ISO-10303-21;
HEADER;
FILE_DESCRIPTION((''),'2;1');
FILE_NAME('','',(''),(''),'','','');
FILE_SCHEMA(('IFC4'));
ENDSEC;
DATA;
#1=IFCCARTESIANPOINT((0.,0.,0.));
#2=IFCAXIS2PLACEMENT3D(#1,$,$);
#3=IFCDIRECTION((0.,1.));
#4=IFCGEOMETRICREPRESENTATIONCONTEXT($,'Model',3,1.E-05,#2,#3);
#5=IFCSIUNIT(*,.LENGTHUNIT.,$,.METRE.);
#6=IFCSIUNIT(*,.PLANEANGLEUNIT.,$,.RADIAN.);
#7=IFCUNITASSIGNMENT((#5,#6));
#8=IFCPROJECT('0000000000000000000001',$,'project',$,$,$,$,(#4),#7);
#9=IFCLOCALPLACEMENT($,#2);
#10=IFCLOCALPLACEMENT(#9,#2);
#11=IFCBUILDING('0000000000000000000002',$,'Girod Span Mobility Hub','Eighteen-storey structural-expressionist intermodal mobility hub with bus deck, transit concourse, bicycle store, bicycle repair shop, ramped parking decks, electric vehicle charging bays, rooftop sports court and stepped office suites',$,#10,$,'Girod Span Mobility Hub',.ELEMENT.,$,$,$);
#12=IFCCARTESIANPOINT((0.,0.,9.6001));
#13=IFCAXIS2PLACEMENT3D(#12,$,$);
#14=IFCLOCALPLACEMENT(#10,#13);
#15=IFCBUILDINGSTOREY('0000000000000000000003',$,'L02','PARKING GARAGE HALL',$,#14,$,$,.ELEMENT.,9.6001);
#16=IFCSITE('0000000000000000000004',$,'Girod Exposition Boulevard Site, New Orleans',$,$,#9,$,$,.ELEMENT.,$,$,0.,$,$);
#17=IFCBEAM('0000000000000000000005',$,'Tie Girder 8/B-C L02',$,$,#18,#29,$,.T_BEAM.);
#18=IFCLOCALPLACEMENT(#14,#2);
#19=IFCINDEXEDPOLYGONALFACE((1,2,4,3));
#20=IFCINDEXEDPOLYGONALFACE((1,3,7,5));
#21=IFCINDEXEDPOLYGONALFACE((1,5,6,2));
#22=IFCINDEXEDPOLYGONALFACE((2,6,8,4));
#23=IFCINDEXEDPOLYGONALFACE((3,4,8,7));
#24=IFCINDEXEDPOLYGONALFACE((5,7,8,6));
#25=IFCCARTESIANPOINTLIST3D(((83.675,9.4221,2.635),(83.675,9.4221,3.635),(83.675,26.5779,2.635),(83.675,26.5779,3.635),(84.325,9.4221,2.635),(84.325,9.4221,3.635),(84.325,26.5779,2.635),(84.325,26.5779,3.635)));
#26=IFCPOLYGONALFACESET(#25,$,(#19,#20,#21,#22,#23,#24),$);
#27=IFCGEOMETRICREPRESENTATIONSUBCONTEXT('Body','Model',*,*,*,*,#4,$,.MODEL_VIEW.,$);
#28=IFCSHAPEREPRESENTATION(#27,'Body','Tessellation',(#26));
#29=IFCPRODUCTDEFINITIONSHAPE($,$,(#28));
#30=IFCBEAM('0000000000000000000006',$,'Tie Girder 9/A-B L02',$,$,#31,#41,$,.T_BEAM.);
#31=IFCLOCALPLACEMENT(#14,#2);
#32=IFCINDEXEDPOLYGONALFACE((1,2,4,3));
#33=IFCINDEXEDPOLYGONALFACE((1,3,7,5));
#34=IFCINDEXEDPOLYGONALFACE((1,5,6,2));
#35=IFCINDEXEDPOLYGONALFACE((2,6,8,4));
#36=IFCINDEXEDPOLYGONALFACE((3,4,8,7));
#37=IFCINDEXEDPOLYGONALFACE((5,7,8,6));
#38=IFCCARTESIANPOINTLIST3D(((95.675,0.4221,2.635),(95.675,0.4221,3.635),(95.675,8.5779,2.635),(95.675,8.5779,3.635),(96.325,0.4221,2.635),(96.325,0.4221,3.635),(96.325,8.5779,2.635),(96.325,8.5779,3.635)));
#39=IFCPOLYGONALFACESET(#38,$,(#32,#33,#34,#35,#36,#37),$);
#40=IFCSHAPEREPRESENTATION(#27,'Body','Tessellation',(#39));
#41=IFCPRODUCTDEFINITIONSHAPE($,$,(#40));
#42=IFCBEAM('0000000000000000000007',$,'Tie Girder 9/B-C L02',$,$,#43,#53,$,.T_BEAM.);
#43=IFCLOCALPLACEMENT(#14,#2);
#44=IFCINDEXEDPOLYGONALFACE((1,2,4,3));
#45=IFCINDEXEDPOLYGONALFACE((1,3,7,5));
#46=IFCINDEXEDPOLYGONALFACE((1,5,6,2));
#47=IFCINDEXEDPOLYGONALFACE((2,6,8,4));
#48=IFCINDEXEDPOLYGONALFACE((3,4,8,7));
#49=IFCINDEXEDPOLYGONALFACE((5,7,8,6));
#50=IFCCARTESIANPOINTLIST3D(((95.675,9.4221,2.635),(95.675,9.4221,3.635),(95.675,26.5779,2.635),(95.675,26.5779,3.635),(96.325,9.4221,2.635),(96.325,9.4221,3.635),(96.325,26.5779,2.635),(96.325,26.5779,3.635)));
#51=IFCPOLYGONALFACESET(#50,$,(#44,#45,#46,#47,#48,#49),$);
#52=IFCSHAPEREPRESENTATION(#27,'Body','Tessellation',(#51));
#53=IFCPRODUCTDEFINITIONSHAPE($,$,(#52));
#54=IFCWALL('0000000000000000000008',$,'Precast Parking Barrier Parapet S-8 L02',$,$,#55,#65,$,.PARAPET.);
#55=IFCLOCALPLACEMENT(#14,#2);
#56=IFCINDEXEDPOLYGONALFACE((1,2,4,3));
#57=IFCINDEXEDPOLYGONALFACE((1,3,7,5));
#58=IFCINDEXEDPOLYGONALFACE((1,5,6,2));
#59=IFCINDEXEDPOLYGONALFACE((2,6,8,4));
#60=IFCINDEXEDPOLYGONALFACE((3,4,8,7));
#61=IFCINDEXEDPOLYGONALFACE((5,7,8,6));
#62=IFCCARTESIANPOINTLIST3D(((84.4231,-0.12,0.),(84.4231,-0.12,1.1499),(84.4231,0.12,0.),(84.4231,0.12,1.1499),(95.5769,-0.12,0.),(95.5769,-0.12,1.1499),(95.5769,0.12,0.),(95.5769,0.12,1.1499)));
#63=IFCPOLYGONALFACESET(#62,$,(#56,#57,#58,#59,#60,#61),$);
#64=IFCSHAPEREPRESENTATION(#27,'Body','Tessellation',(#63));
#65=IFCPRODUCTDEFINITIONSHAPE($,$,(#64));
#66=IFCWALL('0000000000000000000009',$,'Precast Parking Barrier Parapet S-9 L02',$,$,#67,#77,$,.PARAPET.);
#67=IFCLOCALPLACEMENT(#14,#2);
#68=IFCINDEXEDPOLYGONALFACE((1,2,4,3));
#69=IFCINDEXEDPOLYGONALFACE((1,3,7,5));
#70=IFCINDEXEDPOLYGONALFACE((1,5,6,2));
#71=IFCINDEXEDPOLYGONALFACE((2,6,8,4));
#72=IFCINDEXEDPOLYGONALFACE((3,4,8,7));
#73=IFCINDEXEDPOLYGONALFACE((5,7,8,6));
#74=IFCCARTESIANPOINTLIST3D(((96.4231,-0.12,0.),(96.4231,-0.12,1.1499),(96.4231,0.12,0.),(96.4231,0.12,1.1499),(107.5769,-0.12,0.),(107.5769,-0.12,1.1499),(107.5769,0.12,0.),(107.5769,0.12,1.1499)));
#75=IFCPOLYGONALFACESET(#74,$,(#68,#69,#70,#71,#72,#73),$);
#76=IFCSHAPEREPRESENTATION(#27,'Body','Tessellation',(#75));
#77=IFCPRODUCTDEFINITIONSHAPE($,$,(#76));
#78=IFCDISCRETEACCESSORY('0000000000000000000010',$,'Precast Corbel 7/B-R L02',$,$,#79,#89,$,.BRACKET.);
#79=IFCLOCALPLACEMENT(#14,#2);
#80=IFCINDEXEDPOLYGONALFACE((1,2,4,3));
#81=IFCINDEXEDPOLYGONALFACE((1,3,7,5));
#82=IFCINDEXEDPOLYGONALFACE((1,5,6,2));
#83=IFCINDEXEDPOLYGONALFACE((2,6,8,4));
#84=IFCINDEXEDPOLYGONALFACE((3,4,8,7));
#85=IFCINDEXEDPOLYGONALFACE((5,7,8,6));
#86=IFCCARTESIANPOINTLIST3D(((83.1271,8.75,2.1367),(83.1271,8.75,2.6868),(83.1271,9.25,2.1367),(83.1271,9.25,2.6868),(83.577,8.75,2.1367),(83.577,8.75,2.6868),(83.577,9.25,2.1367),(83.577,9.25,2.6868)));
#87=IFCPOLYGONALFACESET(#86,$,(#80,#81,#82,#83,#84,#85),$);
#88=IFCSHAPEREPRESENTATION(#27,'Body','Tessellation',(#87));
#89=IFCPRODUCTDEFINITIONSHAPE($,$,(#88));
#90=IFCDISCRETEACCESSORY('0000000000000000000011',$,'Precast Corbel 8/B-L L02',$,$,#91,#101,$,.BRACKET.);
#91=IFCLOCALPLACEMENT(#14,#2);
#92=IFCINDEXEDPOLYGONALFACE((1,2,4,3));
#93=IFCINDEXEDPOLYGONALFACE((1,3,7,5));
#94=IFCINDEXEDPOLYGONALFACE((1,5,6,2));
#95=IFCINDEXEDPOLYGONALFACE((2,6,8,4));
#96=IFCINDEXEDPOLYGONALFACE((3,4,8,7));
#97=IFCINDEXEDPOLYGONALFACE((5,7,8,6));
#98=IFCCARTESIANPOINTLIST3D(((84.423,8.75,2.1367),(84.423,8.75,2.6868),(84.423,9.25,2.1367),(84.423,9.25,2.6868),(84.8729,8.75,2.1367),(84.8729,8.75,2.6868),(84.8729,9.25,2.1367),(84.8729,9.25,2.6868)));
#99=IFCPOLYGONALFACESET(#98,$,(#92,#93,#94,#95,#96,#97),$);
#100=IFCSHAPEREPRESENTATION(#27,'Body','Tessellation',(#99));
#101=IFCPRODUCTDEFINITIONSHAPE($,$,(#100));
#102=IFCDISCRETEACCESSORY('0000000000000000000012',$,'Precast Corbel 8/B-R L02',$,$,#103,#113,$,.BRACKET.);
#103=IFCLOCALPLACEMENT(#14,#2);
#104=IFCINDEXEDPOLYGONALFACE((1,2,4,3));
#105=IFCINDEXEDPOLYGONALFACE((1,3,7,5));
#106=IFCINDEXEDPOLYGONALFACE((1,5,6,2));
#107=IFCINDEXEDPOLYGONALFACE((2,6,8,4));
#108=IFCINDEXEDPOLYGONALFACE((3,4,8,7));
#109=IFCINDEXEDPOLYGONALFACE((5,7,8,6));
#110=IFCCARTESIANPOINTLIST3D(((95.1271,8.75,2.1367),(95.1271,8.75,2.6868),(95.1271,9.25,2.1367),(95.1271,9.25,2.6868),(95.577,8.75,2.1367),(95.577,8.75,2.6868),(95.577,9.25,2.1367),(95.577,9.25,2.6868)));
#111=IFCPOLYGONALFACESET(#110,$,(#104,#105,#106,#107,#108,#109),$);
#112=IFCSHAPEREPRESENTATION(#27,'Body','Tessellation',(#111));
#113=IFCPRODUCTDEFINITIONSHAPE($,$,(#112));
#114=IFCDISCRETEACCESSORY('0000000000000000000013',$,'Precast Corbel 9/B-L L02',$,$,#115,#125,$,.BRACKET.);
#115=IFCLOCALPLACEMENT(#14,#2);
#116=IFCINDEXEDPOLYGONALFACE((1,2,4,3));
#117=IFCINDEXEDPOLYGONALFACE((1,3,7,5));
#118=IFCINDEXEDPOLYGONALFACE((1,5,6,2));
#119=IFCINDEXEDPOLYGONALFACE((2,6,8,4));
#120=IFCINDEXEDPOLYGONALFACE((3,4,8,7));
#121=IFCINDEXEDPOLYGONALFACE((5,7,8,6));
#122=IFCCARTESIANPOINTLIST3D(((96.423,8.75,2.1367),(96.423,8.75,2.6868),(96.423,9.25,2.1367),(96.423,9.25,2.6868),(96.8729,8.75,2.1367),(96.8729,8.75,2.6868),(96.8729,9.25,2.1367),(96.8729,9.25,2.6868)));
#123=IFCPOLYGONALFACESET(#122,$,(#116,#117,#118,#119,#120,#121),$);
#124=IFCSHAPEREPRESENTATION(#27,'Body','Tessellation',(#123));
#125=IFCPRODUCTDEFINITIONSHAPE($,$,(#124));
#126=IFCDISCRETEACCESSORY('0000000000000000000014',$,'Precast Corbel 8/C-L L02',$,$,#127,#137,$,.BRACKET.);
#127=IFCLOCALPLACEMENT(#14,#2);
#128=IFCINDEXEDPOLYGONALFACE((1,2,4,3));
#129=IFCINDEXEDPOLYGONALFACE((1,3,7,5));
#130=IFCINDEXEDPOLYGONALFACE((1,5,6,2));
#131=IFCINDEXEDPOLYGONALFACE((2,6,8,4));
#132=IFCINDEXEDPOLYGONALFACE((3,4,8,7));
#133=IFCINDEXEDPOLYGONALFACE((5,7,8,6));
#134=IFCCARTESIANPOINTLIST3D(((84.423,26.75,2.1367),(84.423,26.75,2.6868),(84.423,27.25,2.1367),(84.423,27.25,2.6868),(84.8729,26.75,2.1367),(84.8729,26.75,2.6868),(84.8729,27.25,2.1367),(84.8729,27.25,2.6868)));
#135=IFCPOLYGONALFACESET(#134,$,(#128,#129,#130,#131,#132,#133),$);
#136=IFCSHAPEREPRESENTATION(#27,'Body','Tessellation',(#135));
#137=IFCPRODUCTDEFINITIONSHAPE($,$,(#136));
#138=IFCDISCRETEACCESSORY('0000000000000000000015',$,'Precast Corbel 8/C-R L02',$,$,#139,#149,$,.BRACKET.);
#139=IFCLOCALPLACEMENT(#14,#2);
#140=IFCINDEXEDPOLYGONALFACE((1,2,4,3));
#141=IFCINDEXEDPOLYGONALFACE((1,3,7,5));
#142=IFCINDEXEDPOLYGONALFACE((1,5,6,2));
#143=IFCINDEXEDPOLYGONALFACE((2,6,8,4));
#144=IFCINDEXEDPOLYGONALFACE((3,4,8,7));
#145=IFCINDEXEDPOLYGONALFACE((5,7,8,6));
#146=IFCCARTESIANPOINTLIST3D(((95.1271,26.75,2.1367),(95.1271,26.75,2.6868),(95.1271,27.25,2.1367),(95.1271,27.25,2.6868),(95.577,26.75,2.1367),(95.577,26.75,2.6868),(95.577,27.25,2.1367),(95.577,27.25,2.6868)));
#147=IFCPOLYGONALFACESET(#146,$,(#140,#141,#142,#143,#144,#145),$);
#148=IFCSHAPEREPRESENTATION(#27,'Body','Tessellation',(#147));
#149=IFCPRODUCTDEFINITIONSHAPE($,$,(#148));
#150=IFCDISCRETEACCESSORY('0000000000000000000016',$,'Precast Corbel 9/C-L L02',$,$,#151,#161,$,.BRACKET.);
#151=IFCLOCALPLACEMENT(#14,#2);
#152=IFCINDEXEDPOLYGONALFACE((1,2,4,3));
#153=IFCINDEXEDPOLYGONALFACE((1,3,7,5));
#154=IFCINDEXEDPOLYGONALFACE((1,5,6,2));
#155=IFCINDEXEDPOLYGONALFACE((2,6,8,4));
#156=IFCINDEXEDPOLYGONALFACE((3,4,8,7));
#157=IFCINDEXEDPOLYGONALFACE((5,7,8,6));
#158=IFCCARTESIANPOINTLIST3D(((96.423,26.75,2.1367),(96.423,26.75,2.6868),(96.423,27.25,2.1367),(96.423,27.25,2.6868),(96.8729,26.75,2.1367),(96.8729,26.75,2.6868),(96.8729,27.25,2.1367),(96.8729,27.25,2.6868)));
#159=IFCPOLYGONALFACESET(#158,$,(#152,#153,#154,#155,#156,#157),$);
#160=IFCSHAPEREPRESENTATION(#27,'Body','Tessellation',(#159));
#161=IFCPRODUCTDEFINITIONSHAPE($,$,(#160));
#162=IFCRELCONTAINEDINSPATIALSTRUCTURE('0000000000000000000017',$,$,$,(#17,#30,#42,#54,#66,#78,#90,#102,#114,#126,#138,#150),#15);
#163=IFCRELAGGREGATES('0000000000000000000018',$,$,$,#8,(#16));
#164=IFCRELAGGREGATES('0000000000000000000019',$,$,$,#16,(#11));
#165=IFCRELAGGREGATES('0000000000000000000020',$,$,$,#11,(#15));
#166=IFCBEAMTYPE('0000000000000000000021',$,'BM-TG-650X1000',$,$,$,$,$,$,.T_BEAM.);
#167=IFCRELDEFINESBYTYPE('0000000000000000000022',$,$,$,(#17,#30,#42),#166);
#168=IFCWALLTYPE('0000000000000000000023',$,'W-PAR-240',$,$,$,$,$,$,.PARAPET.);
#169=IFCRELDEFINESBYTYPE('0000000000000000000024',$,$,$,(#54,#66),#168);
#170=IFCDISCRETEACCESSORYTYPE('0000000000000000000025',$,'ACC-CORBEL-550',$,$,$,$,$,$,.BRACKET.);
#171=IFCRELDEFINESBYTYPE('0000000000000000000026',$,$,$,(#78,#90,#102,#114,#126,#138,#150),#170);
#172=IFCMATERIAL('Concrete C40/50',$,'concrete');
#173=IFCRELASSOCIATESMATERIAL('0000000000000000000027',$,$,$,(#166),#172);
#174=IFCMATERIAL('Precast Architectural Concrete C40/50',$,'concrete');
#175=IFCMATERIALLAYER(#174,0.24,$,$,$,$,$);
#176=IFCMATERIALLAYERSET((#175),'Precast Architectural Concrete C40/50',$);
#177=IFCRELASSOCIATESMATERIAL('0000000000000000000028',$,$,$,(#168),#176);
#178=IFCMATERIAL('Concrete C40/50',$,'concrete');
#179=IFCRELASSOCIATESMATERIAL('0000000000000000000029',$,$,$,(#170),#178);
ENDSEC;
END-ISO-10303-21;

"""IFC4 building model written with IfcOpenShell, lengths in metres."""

from ifc_helpers import new_model, si_unit, direction, frame, frame_2d, origin, origin_2d, place, context, subcontext, project, spatial, rectangle, extrude, material, layer, layer_set, material_profile, profile_set, type_object, element, save


model = new_model("IFC4")

# Units and contexts
model_context = context("Model", 3, precision=1e-05, world=origin(), true_north=direction((0.0, 1.0)))
body_context = subcontext(model_context, "Body", "Model", "MODEL_VIEW")
ifc_project = project(units=[si_unit("LENGTHUNIT", "METRE"), si_unit("PLANEANGLEUNIT", "RADIAN")], contexts=[model_context])

# Site, building, storey
site_placement = place(None, origin())
site = spatial("IfcSite", under=ifc_project, at=site_placement, Name="Girod Exposition Boulevard Site, New Orleans", CompositionType="ELEMENT", RefElevation=0.0)
building_placement = place(site_placement, origin())
building = spatial("IfcBuilding", under=site, at=building_placement, Name="Girod Span Mobility Hub", Description="Eighteen-storey structural-expressionist intermodal mobility hub with bus deck, transit concourse, bicycle store, bicycle repair shop, ramped parking decks, electric vehicle charging bays, rooftop sports court and stepped office suites", LongName="Girod Span Mobility Hub", CompositionType="ELEMENT")
storey_placement = place(building_placement, frame((0.0, 0.0, 9.6001)))
storey = spatial("IfcBuildingStorey", under=building, at=storey_placement, Name="L02", Description="PARKING GARAGE HALL", CompositionType="ELEMENT", Elevation=9.6001)

# Beams
ifc_material_1 = material(Name="Concrete C40/50", Category="concrete")
ifc_material_profile_1 = material_profile(ifc_material_1, rectangle(XDim=0.6499, YDim=1.0, at=origin_2d()), Name="TG-650X1000")
ifc_profile_set_1 = profile_set([ifc_material_profile_1], Name="Concrete C40/50")
beam_type_1 = type_object("IfcBeamType", Name="BM-TG-650X1000", PredefinedType="T_BEAM", material=ifc_profile_set_1)
beam_1_placement = place(storey_placement, frame((84.0, 9.4221, 3.135), z_axis=(0.0, 1.0, 0.0), x_axis=(-1.0, 0.0, 0.0)))
element("IfcBeam", 1, at=beam_1_placement, inside=storey, type_object=beam_type_1, Name="Tie Girder 8/B-C L02", PredefinedType="T_BEAM", context=body_context, shape_type="SweptSolid", body=[
    extrude(rectangle(XDim=0.6499, YDim=1.0, at=origin_2d()), origin(), (0.0, 0.0, 1.0), 17.1558),
])
beam_2_placement = place(storey_placement, frame((96.0, 0.4221, 3.135), z_axis=(0.0, 1.0, 0.0), x_axis=(-1.0, 0.0, 0.0)))
element("IfcBeam", 2, at=beam_2_placement, inside=storey, type_object=beam_type_1, Name="Tie Girder 9/A-B L02", PredefinedType="T_BEAM", context=body_context, shape_type="SweptSolid", body=[
    extrude(rectangle(XDim=0.6499, YDim=1.0, at=origin_2d()), origin(), (0.0, 0.0, 1.0), 8.1558),
])
beam_3_placement = place(storey_placement, frame((96.0, 9.4221, 3.135), z_axis=(0.0, 1.0, 0.0), x_axis=(-1.0, 0.0, 0.0)))
element("IfcBeam", 3, at=beam_3_placement, inside=storey, type_object=beam_type_1, Name="Tie Girder 9/B-C L02", PredefinedType="T_BEAM", context=body_context, shape_type="SweptSolid", body=[
    extrude(rectangle(XDim=0.6499, YDim=1.0, at=origin_2d()), origin(), (0.0, 0.0, 1.0), 17.1558),
])

# Walls
ifc_material_2 = material(Name="Precast Architectural Concrete C40/50", Category="concrete")
ifc_layer = layer(ifc_material_2, 0.24)
ifc_layer_set = layer_set([ifc_layer], Name="Precast Architectural Concrete C40/50")
wall_type = type_object("IfcWallType", Name="W-PAR-240", PredefinedType="PARAPET", material=ifc_layer_set)
for number, where, z_axis, x_axis, name in (
    (4, (84.4231, 0.0, 0.0), (0.0, 0.0, 1.0), (1.0, 0.0, 0.0), "Precast Parking Barrier Parapet S-8 L02"),
    (5, (96.4231, 0.0, 0.0), (0.0, 0.0, 1.0), (1.0, 0.0, 0.0), "Precast Parking Barrier Parapet S-9 L02"),
):
    element("IfcWall", number, at=place(storey_placement, frame(where, z_axis=z_axis, x_axis=x_axis)), inside=storey, type_object=wall_type, Name=name, PredefinedType="PARAPET", context=body_context, shape_type="SweptSolid", body=[
        extrude(rectangle(XDim=11.1538, YDim=0.24, at=frame_2d((5.5769, 0.0))), origin(), (0.0, 0.0, 1.0), 1.1499),
    ])

# Discrete accessories
ifc_material_3 = material(Name="Concrete C40/50", Category="concrete")
discrete_accessory_type = type_object("IfcDiscreteAccessoryType", Name="ACC-CORBEL-550", PredefinedType="BRACKET", material=ifc_material_3)
for number, where, z_axis, x_axis, name in (
    (6, (83.3521, 9.0, 2.1367), (0.0, 0.0, 1.0), (1.0, 0.0, 0.0), "Precast Corbel 7/B-R L02"),
    (7, (84.6479, 9.0, 2.1367), (0.0, 0.0, 1.0), (1.0, 0.0, 0.0), "Precast Corbel 8/B-L L02"),
    (8, (95.3521, 9.0, 2.1367), (0.0, 0.0, 1.0), (1.0, 0.0, 0.0), "Precast Corbel 8/B-R L02"),
    (9, (96.6479, 9.0, 2.1367), (0.0, 0.0, 1.0), (1.0, 0.0, 0.0), "Precast Corbel 9/B-L L02"),
    (10, (84.6479, 27.0, 2.1367), (0.0, 0.0, 1.0), (1.0, 0.0, 0.0), "Precast Corbel 8/C-L L02"),
    (11, (95.3521, 27.0, 2.1367), (0.0, 0.0, 1.0), (1.0, 0.0, 0.0), "Precast Corbel 8/C-R L02"),
    (12, (96.6479, 27.0, 2.1367), (0.0, 0.0, 1.0), (1.0, 0.0, 0.0), "Precast Corbel 9/C-L L02"),
):
    element("IfcDiscreteAccessory", number, at=place(storey_placement, frame(where, z_axis=z_axis, x_axis=x_axis)), inside=storey, type_object=discrete_accessory_type, Name=name, PredefinedType="BRACKET", context=body_context, shape_type="SweptSolid", body=[
        extrude(rectangle(XDim=0.45, YDim=0.5, at=origin_2d()), origin(), (0.0, 0.0, 1.0), 0.55),
    ])

save(model, "model.ifc")
